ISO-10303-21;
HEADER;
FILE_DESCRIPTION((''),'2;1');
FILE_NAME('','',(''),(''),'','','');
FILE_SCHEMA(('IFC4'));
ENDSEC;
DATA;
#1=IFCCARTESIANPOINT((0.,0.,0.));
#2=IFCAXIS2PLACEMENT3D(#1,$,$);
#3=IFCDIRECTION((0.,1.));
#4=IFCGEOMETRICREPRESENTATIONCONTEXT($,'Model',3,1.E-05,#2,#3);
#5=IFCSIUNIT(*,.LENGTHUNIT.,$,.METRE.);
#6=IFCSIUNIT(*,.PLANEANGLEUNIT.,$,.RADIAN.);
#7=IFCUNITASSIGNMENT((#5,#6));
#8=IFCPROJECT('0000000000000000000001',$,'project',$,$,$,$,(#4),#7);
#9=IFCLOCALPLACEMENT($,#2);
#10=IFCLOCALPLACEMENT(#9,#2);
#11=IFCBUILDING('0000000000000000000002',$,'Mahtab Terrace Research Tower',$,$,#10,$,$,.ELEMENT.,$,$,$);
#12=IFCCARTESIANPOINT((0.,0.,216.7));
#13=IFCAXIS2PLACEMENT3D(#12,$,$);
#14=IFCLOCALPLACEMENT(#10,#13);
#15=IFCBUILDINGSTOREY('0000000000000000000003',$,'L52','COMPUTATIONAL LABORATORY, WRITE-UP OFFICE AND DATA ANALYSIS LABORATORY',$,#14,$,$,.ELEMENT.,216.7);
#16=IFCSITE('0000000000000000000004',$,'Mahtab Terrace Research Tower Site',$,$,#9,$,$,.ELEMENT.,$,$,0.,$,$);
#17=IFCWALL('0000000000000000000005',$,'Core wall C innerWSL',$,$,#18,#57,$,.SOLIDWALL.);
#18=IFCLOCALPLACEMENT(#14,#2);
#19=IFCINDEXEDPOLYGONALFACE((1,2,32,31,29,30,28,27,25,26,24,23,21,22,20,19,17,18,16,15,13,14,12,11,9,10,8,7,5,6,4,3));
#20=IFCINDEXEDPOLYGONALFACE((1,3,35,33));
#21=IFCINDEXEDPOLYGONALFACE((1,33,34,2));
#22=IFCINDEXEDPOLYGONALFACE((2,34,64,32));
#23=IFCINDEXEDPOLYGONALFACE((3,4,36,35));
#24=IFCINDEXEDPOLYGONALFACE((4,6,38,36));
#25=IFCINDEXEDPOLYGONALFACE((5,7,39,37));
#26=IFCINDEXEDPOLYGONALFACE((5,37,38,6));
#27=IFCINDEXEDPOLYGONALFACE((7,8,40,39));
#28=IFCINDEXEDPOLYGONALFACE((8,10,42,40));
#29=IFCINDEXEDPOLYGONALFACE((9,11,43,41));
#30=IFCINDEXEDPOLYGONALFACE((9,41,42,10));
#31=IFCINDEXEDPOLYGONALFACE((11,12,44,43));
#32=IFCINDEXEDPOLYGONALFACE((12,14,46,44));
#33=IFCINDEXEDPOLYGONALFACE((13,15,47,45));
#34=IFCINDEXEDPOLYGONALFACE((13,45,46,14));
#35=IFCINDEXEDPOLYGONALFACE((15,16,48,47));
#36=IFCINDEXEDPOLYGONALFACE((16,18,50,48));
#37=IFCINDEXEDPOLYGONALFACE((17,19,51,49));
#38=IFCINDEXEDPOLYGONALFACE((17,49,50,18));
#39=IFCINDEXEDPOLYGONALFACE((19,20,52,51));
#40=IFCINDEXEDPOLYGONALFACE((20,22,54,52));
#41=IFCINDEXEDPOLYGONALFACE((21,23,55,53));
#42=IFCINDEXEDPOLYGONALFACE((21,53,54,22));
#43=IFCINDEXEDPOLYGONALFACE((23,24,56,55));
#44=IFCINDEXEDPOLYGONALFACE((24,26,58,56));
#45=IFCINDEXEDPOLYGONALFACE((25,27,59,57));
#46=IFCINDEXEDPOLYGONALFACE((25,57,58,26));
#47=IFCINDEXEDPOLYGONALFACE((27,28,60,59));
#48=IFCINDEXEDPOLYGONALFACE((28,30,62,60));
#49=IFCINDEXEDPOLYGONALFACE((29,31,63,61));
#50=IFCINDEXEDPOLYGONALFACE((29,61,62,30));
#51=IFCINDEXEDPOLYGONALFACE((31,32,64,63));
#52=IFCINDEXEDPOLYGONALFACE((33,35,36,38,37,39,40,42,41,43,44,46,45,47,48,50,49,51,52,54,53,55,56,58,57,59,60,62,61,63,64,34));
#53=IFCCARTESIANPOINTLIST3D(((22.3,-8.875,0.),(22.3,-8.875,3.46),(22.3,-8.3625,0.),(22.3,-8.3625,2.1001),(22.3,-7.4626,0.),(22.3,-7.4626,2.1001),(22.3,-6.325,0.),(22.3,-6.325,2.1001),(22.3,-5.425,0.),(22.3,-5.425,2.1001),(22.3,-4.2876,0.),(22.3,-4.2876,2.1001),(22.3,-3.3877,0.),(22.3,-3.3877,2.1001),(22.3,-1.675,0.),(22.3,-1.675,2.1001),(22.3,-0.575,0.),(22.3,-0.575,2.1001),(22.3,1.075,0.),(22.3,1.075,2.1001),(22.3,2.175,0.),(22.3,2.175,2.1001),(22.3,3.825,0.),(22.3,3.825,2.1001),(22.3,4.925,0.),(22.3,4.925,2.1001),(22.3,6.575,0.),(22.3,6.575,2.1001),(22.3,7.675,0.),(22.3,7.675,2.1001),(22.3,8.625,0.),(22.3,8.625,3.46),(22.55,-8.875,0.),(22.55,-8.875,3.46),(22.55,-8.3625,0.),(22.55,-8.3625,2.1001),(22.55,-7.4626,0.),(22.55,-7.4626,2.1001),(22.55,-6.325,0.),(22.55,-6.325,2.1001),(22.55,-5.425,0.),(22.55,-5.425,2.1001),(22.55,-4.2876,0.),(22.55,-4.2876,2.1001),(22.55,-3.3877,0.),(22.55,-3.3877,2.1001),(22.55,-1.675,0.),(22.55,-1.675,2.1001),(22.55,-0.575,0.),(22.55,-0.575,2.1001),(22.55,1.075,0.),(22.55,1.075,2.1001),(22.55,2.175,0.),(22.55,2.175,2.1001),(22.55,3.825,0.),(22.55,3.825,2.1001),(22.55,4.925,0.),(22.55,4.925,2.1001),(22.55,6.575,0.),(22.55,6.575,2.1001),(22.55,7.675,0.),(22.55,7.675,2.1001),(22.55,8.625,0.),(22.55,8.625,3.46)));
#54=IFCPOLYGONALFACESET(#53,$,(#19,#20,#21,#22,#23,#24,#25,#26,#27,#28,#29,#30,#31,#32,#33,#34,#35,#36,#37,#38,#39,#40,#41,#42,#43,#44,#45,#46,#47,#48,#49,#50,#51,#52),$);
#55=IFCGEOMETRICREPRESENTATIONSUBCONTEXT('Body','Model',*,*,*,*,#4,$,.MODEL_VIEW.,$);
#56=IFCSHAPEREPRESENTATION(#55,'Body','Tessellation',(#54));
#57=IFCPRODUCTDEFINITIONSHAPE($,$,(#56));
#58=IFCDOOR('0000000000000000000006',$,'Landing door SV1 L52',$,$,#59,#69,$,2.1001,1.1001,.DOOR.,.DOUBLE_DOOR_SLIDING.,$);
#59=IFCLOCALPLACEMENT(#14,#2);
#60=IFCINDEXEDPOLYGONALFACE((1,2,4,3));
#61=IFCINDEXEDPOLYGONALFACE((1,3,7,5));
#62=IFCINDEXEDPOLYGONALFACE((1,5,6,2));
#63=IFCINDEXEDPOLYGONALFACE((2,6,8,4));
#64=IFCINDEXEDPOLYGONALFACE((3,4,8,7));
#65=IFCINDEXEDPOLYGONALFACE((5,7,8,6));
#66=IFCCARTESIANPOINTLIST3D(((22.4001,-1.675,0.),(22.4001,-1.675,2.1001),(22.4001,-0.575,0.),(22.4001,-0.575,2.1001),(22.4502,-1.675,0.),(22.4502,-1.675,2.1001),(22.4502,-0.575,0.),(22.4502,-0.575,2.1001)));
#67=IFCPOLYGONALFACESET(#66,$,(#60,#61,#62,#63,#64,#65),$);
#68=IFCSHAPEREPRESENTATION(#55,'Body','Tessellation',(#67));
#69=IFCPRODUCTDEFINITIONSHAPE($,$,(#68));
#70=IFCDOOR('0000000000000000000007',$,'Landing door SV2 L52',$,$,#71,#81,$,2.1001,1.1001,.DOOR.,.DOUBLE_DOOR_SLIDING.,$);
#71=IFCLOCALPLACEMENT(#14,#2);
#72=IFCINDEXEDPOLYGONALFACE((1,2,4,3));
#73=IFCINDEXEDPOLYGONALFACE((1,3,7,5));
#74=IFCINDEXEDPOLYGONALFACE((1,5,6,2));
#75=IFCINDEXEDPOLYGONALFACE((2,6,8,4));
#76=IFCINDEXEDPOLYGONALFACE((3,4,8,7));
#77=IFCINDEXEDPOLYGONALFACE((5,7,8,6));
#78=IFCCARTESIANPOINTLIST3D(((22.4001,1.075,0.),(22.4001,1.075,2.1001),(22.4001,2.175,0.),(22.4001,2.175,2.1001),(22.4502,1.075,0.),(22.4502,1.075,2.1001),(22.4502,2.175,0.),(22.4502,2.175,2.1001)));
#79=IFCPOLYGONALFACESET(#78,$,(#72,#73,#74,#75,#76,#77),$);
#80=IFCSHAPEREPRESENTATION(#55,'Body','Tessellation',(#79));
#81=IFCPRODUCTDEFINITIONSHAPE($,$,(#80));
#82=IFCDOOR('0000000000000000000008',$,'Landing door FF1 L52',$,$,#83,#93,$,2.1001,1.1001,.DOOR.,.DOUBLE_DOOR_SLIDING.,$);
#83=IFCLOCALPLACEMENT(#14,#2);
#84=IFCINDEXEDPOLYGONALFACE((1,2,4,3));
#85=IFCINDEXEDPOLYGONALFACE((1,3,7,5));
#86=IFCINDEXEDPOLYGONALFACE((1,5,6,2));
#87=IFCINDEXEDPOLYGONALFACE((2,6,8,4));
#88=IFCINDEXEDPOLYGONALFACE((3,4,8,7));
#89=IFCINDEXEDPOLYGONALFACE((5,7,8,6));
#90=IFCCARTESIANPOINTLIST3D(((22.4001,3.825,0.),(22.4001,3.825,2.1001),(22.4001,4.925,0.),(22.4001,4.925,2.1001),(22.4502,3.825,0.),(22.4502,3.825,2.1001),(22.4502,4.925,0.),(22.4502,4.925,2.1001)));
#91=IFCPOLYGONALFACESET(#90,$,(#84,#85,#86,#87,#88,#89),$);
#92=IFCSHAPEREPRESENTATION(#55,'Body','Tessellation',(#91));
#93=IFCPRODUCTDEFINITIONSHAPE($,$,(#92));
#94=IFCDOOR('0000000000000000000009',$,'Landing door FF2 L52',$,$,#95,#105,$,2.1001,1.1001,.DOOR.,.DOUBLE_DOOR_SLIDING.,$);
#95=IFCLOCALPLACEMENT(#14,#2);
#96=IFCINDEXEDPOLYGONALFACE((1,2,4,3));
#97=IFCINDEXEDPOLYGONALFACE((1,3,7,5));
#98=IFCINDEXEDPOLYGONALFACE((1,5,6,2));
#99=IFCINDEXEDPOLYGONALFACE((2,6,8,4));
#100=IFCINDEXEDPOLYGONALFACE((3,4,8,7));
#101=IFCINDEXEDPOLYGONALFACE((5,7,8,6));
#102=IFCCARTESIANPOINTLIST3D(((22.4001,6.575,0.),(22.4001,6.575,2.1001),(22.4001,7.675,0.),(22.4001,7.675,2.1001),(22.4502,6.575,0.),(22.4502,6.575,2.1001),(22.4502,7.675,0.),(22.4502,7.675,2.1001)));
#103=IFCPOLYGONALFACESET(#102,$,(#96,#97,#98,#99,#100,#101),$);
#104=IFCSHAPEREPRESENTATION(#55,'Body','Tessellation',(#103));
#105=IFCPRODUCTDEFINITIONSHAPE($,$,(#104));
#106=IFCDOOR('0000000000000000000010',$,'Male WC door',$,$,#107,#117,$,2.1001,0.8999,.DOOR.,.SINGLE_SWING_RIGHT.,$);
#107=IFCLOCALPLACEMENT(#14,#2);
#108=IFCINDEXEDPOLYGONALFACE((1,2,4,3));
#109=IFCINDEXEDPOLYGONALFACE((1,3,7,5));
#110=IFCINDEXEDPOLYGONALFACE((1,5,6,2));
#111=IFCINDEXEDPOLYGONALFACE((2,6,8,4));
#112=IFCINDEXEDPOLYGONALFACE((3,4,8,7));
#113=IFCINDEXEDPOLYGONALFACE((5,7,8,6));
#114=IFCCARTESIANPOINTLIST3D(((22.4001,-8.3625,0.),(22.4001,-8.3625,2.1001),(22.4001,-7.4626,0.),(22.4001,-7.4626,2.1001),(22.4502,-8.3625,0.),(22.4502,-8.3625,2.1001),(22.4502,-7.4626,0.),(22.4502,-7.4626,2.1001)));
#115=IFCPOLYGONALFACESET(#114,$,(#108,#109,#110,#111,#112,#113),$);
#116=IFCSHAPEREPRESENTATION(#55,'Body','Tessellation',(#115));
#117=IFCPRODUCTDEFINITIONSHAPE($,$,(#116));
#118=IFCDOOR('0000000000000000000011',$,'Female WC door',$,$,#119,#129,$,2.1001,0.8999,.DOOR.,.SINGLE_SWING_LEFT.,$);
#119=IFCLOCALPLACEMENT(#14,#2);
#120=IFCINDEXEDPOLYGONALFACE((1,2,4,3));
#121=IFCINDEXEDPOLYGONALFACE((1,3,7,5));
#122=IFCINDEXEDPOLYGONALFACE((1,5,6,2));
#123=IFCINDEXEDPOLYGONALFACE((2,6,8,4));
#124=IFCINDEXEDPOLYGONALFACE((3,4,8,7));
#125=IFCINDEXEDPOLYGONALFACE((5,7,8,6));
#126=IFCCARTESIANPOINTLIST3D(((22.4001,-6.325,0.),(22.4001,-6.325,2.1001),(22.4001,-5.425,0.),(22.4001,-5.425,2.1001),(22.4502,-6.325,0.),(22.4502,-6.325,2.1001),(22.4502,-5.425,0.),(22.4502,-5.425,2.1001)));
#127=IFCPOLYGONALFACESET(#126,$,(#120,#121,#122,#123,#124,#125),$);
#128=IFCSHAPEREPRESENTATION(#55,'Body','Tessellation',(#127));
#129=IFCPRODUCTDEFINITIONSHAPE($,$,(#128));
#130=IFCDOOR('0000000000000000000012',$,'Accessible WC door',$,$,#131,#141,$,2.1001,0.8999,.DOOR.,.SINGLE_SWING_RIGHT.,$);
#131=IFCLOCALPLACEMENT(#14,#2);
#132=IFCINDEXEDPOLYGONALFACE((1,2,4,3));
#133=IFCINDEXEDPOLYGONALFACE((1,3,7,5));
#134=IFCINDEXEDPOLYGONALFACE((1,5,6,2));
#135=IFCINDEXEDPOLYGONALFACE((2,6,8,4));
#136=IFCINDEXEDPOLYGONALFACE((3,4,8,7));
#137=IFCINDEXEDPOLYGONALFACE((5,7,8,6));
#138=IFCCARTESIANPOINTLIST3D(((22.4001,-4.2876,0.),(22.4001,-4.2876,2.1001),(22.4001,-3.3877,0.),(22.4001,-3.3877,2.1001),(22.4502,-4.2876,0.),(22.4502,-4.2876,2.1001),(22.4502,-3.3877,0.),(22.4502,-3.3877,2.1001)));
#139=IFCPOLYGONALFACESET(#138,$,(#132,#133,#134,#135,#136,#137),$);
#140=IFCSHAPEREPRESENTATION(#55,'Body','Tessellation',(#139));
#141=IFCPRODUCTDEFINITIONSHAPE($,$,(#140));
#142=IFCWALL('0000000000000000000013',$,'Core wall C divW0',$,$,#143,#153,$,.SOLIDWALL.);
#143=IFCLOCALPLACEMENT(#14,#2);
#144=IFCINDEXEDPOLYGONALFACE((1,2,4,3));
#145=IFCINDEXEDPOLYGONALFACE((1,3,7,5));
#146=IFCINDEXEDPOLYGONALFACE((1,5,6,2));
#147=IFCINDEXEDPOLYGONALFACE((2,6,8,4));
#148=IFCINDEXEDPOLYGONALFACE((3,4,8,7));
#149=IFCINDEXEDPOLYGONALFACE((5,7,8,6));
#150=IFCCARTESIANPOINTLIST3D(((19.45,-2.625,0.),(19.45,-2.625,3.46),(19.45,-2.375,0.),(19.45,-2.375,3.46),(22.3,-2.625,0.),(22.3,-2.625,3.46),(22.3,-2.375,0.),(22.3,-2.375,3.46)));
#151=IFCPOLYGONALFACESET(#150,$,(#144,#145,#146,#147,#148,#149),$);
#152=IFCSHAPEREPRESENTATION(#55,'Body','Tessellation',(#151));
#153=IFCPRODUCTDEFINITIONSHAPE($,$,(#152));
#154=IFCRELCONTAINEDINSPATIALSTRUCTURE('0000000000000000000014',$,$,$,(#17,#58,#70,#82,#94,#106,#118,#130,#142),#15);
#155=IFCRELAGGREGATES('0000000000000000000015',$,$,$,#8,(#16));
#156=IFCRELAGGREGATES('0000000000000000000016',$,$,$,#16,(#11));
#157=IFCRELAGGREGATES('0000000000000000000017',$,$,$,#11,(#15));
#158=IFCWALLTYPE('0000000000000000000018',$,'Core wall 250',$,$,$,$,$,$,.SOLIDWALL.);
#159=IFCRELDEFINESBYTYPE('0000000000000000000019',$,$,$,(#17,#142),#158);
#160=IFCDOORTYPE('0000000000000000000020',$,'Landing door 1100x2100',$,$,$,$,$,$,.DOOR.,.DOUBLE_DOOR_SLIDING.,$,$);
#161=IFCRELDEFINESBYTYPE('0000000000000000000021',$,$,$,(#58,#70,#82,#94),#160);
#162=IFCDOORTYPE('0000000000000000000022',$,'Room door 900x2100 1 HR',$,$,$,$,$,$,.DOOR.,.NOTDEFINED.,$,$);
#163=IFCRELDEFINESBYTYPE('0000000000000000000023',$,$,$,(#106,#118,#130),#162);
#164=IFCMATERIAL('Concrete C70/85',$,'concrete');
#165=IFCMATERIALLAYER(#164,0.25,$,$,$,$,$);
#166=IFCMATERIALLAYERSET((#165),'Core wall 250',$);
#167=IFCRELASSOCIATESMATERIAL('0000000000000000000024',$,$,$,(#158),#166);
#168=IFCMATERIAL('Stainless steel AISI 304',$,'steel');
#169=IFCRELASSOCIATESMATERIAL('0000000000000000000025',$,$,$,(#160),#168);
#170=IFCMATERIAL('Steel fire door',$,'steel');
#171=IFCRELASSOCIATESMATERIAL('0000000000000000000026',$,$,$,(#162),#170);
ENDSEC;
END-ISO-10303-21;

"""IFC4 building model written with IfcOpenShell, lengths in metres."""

from ifc_helpers import new_model, si_unit, direction, frame, frame_2d, origin, place, context, subcontext, project, spatial, rectangle, extrude, material, layer, layer_set, type_object, element, fill, save


model = new_model("IFC4")

# Units and contexts
model_context = context("Model", 3, precision=1e-05, world=origin(), true_north=direction((0.0, 1.0)))
body_context = subcontext(model_context, "Body", "Model", "MODEL_VIEW")
ifc_project = project(units=[si_unit("LENGTHUNIT", "METRE"), si_unit("PLANEANGLEUNIT", "RADIAN")], contexts=[model_context])

# Site, building, storey
site_placement = place(None, origin())
site = spatial("IfcSite", under=ifc_project, at=site_placement, Name="Mahtab Terrace Research Tower Site", CompositionType="ELEMENT", RefElevation=0.0)
building_placement = place(site_placement, origin())
building = spatial("IfcBuilding", under=site, at=building_placement, Name="Mahtab Terrace Research Tower", CompositionType="ELEMENT")
storey_placement = place(building_placement, frame((0.0, 0.0, 216.7)))
storey = spatial("IfcBuildingStorey", under=building, at=storey_placement, Name="L52", Description="COMPUTATIONAL LABORATORY, WRITE-UP OFFICE AND DATA ANALYSIS LABORATORY", CompositionType="ELEMENT", Elevation=216.7)

# Shared definitions
ifc_material_1 = material(Name="Concrete C70/85", Category="concrete")

# Wall, openings, doors
ifc_layer_1 = layer(ifc_material_1, 0.25)
ifc_layer_set_1 = layer_set([ifc_layer_1], Name="Core wall 250")
wall_type_1 = type_object("IfcWallType", Name="Core wall 250", PredefinedType="SOLIDWALL", material=ifc_layer_set_1)
wall_1_placement = place(storey_placement, frame((22.425, -8.875, 0.0), z_axis=(0.0, 0.0, 1.0), x_axis=(0.0, 1.0, 0.0)))
wall_1 = element("IfcWall", 1, at=wall_1_placement, inside=storey, type_object=wall_type_1, Name="Core wall C innerWSL", PredefinedType="SOLIDWALL", context=body_context, shape_type="SweptSolid", body=[
    extrude(rectangle(XDim=17.5, YDim=0.25, at=frame_2d((8.75, 0.0))), origin(), (0.0, 0.0, 1.0), 3.46),
])
opening_1_placement = place(wall_1_placement, frame((7.2, 0.0, 0.0)))
opening_1 = element("IfcOpeningElement", 2, at=opening_1_placement, cuts=wall_1, PredefinedType="OPENING", context=body_context, shape_type="SweptSolid", body=[
    extrude(rectangle(XDim=1.1001, YDim=2.1001, at=frame_2d((0.55, 1.05))), frame((0.0, 0.135, 0.0), z_axis=(0.0, -1.0, 0.0), x_axis=(1.0, 0.0, 0.0)), (0.0, 0.0, 1.0), 0.27),
])
opening_2_placement = place(wall_1_placement, frame((9.95, 0.0, 0.0)))
opening_2 = element("IfcOpeningElement", 3, at=opening_2_placement, cuts=wall_1, PredefinedType="OPENING", context=body_context, shape_type="SweptSolid", body=[
    extrude(rectangle(XDim=1.1001, YDim=2.1001, at=frame_2d((0.55, 1.05))), frame((0.0, 0.135, 0.0), z_axis=(0.0, -1.0, 0.0), x_axis=(1.0, 0.0, 0.0)), (0.0, 0.0, 1.0), 0.27),
])
opening_3_placement = place(wall_1_placement, frame((12.7, 0.0, 0.0)))
opening_3 = element("IfcOpeningElement", 4, at=opening_3_placement, cuts=wall_1, PredefinedType="OPENING", context=body_context, shape_type="SweptSolid", body=[
    extrude(rectangle(XDim=1.1001, YDim=2.1001, at=frame_2d((0.55, 1.05))), frame((0.0, 0.135, 0.0), z_axis=(0.0, -1.0, 0.0), x_axis=(1.0, 0.0, 0.0)), (0.0, 0.0, 1.0), 0.27),
])
opening_4_placement = place(wall_1_placement, frame((15.45, 0.0, 0.0)))
opening_4 = element("IfcOpeningElement", 5, at=opening_4_placement, cuts=wall_1, PredefinedType="OPENING", context=body_context, shape_type="SweptSolid", body=[
    extrude(rectangle(XDim=1.1001, YDim=2.1001, at=frame_2d((0.55, 1.05))), frame((0.0, 0.135, 0.0), z_axis=(0.0, -1.0, 0.0), x_axis=(1.0, 0.0, 0.0)), (0.0, 0.0, 1.0), 0.27),
])
opening_5_placement = place(wall_1_placement, frame((0.5125, 0.0, 0.0)))
opening_5 = element("IfcOpeningElement", 6, at=opening_5_placement, cuts=wall_1, PredefinedType="OPENING", context=body_context, shape_type="SweptSolid", body=[
    extrude(rectangle(XDim=0.8999, YDim=2.1001, at=frame_2d((0.45, 1.05))), frame((0.0, 0.135, 0.0), z_axis=(0.0, -1.0, 0.0), x_axis=(1.0, 0.0, 0.0)), (0.0, 0.0, 1.0), 0.27),
])
opening_6_placement = place(wall_1_placement, frame((2.55, 0.0, 0.0)))
opening_6 = element("IfcOpeningElement", 7, at=opening_6_placement, cuts=wall_1, PredefinedType="OPENING", context=body_context, shape_type="SweptSolid", body=[
    extrude(rectangle(XDim=0.8999, YDim=2.1001, at=frame_2d((0.45, 1.05))), frame((0.0, 0.135, 0.0), z_axis=(0.0, -1.0, 0.0), x_axis=(1.0, 0.0, 0.0)), (0.0, 0.0, 1.0), 0.27),
])
opening_7_placement = place(wall_1_placement, frame((4.5874, 0.0, 0.0)))
opening_7 = element("IfcOpeningElement", 8, at=opening_7_placement, cuts=wall_1, PredefinedType="OPENING", context=body_context, shape_type="SweptSolid", body=[
    extrude(rectangle(XDim=0.8999, YDim=2.1001, at=frame_2d((0.45, 1.05))), frame((0.0, 0.135, 0.0), z_axis=(0.0, -1.0, 0.0), x_axis=(1.0, 0.0, 0.0)), (0.0, 0.0, 1.0), 0.27),
])
ifc_material_2 = material(Name="Stainless steel AISI 304", Category="steel")
door_type_1 = type_object("IfcDoorType", Name="Landing door 1100x2100", OperationType="DOUBLE_DOOR_SLIDING", PredefinedType="DOOR", material=ifc_material_2)
door_1_placement = place(opening_1_placement, origin())
door_1 = element("IfcDoor", 9, at=door_1_placement, inside=storey, type_object=door_type_1, Name="Landing door SV1 L52", OperationType="DOUBLE_DOOR_SLIDING", OverallHeight=2.1001, OverallWidth=1.1001, PredefinedType="DOOR", context=body_context, shape_type="SweptSolid", body=[
    extrude(rectangle(XDim=1.1001, YDim=2.1001, at=frame_2d((0.55, 1.05))), frame((0.0, 0.0249, 0.0), z_axis=(0.0, -1.0, 0.0), x_axis=(1.0, 0.0, 0.0)), (0.0, 0.0, 1.0), 0.05),
])
fill(opening_1, door_1)
door_2_placement = place(opening_2_placement, origin())
door_2 = element("IfcDoor", 10, at=door_2_placement, inside=storey, type_object=door_type_1, Name="Landing door SV2 L52", OperationType="DOUBLE_DOOR_SLIDING", OverallHeight=2.1001, OverallWidth=1.1001, PredefinedType="DOOR", context=body_context, shape_type="SweptSolid", body=[
    extrude(rectangle(XDim=1.1001, YDim=2.1001, at=frame_2d((0.55, 1.05))), frame((0.0, 0.0249, 0.0), z_axis=(0.0, -1.0, 0.0), x_axis=(1.0, 0.0, 0.0)), (0.0, 0.0, 1.0), 0.05),
])
fill(opening_2, door_2)
door_3_placement = place(opening_3_placement, origin())
door_3 = element("IfcDoor", 11, at=door_3_placement, inside=storey, type_object=door_type_1, Name="Landing door FF1 L52", OperationType="DOUBLE_DOOR_SLIDING", OverallHeight=2.1001, OverallWidth=1.1001, PredefinedType="DOOR", context=body_context, shape_type="SweptSolid", body=[
    extrude(rectangle(XDim=1.1001, YDim=2.1001, at=frame_2d((0.55, 1.05))), frame((0.0, 0.0249, 0.0), z_axis=(0.0, -1.0, 0.0), x_axis=(1.0, 0.0, 0.0)), (0.0, 0.0, 1.0), 0.05),
])
fill(opening_3, door_3)
door_4_placement = place(opening_4_placement, origin())
door_4 = element("IfcDoor", 12, at=door_4_placement, inside=storey, type_object=door_type_1, Name="Landing door FF2 L52", OperationType="DOUBLE_DOOR_SLIDING", OverallHeight=2.1001, OverallWidth=1.1001, PredefinedType="DOOR", context=body_context, shape_type="SweptSolid", body=[
    extrude(rectangle(XDim=1.1001, YDim=2.1001, at=frame_2d((0.55, 1.05))), frame((0.0, 0.0249, 0.0), z_axis=(0.0, -1.0, 0.0), x_axis=(1.0, 0.0, 0.0)), (0.0, 0.0, 1.0), 0.05),
])
fill(opening_4, door_4)
ifc_material_3 = material(Name="Steel fire door", Category="steel")
door_type_2 = type_object("IfcDoorType", Name="Room door 900x2100 1 HR", OperationType="NOTDEFINED", PredefinedType="DOOR", material=ifc_material_3)
door_5_placement = place(opening_5_placement, origin())
door_5 = element("IfcDoor", 13, at=door_5_placement, inside=storey, type_object=door_type_2, Name="Male WC door", OperationType="SINGLE_SWING_RIGHT", OverallHeight=2.1001, OverallWidth=0.8999, PredefinedType="DOOR", context=body_context, shape_type="SweptSolid", body=[
    extrude(rectangle(XDim=0.8999, YDim=2.1001, at=frame_2d((0.45, 1.05))), frame((0.0, 0.0249, 0.0), z_axis=(0.0, -1.0, 0.0), x_axis=(1.0, 0.0, 0.0)), (0.0, 0.0, 1.0), 0.05),
])
fill(opening_5, door_5)
door_6_placement = place(opening_6_placement, origin())
door_6 = element("IfcDoor", 14, at=door_6_placement, inside=storey, type_object=door_type_2, Name="Female WC door", OperationType="SINGLE_SWING_LEFT", OverallHeight=2.1001, OverallWidth=0.8999, PredefinedType="DOOR", context=body_context, shape_type="SweptSolid", body=[
    extrude(rectangle(XDim=0.8999, YDim=2.1001, at=frame_2d((0.45, 1.05))), frame((0.0, 0.0249, 0.0), z_axis=(0.0, -1.0, 0.0), x_axis=(1.0, 0.0, 0.0)), (0.0, 0.0, 1.0), 0.05),
])
fill(opening_6, door_6)
door_7_placement = place(opening_7_placement, origin())
door_7 = element("IfcDoor", 15, at=door_7_placement, inside=storey, type_object=door_type_2, Name="Accessible WC door", OperationType="SINGLE_SWING_RIGHT", OverallHeight=2.1001, OverallWidth=0.8999, PredefinedType="DOOR", context=body_context, shape_type="SweptSolid", body=[
    extrude(rectangle(XDim=0.8999, YDim=2.1001, at=frame_2d((0.45, 1.05))), frame((0.0, 0.0249, 0.0), z_axis=(0.0, -1.0, 0.0), x_axis=(1.0, 0.0, 0.0)), (0.0, 0.0, 1.0), 0.05),
])
fill(opening_7, door_7)

# Wall
wall_2_placement = place(storey_placement, frame((19.45, -2.5, 0.0), z_axis=(0.0, 0.0, 1.0), x_axis=(1.0, 0.0, 0.0)))
element("IfcWall", 16, at=wall_2_placement, inside=storey, type_object=wall_type_1, Name="Core wall C divW0", PredefinedType="SOLIDWALL", context=body_context, shape_type="SweptSolid", body=[
    extrude(rectangle(XDim=2.8501, YDim=0.25, at=frame_2d((1.425, 0.0))), origin(), (0.0, 0.0, 1.0), 3.46),
])

save(model, "model.ifc")
